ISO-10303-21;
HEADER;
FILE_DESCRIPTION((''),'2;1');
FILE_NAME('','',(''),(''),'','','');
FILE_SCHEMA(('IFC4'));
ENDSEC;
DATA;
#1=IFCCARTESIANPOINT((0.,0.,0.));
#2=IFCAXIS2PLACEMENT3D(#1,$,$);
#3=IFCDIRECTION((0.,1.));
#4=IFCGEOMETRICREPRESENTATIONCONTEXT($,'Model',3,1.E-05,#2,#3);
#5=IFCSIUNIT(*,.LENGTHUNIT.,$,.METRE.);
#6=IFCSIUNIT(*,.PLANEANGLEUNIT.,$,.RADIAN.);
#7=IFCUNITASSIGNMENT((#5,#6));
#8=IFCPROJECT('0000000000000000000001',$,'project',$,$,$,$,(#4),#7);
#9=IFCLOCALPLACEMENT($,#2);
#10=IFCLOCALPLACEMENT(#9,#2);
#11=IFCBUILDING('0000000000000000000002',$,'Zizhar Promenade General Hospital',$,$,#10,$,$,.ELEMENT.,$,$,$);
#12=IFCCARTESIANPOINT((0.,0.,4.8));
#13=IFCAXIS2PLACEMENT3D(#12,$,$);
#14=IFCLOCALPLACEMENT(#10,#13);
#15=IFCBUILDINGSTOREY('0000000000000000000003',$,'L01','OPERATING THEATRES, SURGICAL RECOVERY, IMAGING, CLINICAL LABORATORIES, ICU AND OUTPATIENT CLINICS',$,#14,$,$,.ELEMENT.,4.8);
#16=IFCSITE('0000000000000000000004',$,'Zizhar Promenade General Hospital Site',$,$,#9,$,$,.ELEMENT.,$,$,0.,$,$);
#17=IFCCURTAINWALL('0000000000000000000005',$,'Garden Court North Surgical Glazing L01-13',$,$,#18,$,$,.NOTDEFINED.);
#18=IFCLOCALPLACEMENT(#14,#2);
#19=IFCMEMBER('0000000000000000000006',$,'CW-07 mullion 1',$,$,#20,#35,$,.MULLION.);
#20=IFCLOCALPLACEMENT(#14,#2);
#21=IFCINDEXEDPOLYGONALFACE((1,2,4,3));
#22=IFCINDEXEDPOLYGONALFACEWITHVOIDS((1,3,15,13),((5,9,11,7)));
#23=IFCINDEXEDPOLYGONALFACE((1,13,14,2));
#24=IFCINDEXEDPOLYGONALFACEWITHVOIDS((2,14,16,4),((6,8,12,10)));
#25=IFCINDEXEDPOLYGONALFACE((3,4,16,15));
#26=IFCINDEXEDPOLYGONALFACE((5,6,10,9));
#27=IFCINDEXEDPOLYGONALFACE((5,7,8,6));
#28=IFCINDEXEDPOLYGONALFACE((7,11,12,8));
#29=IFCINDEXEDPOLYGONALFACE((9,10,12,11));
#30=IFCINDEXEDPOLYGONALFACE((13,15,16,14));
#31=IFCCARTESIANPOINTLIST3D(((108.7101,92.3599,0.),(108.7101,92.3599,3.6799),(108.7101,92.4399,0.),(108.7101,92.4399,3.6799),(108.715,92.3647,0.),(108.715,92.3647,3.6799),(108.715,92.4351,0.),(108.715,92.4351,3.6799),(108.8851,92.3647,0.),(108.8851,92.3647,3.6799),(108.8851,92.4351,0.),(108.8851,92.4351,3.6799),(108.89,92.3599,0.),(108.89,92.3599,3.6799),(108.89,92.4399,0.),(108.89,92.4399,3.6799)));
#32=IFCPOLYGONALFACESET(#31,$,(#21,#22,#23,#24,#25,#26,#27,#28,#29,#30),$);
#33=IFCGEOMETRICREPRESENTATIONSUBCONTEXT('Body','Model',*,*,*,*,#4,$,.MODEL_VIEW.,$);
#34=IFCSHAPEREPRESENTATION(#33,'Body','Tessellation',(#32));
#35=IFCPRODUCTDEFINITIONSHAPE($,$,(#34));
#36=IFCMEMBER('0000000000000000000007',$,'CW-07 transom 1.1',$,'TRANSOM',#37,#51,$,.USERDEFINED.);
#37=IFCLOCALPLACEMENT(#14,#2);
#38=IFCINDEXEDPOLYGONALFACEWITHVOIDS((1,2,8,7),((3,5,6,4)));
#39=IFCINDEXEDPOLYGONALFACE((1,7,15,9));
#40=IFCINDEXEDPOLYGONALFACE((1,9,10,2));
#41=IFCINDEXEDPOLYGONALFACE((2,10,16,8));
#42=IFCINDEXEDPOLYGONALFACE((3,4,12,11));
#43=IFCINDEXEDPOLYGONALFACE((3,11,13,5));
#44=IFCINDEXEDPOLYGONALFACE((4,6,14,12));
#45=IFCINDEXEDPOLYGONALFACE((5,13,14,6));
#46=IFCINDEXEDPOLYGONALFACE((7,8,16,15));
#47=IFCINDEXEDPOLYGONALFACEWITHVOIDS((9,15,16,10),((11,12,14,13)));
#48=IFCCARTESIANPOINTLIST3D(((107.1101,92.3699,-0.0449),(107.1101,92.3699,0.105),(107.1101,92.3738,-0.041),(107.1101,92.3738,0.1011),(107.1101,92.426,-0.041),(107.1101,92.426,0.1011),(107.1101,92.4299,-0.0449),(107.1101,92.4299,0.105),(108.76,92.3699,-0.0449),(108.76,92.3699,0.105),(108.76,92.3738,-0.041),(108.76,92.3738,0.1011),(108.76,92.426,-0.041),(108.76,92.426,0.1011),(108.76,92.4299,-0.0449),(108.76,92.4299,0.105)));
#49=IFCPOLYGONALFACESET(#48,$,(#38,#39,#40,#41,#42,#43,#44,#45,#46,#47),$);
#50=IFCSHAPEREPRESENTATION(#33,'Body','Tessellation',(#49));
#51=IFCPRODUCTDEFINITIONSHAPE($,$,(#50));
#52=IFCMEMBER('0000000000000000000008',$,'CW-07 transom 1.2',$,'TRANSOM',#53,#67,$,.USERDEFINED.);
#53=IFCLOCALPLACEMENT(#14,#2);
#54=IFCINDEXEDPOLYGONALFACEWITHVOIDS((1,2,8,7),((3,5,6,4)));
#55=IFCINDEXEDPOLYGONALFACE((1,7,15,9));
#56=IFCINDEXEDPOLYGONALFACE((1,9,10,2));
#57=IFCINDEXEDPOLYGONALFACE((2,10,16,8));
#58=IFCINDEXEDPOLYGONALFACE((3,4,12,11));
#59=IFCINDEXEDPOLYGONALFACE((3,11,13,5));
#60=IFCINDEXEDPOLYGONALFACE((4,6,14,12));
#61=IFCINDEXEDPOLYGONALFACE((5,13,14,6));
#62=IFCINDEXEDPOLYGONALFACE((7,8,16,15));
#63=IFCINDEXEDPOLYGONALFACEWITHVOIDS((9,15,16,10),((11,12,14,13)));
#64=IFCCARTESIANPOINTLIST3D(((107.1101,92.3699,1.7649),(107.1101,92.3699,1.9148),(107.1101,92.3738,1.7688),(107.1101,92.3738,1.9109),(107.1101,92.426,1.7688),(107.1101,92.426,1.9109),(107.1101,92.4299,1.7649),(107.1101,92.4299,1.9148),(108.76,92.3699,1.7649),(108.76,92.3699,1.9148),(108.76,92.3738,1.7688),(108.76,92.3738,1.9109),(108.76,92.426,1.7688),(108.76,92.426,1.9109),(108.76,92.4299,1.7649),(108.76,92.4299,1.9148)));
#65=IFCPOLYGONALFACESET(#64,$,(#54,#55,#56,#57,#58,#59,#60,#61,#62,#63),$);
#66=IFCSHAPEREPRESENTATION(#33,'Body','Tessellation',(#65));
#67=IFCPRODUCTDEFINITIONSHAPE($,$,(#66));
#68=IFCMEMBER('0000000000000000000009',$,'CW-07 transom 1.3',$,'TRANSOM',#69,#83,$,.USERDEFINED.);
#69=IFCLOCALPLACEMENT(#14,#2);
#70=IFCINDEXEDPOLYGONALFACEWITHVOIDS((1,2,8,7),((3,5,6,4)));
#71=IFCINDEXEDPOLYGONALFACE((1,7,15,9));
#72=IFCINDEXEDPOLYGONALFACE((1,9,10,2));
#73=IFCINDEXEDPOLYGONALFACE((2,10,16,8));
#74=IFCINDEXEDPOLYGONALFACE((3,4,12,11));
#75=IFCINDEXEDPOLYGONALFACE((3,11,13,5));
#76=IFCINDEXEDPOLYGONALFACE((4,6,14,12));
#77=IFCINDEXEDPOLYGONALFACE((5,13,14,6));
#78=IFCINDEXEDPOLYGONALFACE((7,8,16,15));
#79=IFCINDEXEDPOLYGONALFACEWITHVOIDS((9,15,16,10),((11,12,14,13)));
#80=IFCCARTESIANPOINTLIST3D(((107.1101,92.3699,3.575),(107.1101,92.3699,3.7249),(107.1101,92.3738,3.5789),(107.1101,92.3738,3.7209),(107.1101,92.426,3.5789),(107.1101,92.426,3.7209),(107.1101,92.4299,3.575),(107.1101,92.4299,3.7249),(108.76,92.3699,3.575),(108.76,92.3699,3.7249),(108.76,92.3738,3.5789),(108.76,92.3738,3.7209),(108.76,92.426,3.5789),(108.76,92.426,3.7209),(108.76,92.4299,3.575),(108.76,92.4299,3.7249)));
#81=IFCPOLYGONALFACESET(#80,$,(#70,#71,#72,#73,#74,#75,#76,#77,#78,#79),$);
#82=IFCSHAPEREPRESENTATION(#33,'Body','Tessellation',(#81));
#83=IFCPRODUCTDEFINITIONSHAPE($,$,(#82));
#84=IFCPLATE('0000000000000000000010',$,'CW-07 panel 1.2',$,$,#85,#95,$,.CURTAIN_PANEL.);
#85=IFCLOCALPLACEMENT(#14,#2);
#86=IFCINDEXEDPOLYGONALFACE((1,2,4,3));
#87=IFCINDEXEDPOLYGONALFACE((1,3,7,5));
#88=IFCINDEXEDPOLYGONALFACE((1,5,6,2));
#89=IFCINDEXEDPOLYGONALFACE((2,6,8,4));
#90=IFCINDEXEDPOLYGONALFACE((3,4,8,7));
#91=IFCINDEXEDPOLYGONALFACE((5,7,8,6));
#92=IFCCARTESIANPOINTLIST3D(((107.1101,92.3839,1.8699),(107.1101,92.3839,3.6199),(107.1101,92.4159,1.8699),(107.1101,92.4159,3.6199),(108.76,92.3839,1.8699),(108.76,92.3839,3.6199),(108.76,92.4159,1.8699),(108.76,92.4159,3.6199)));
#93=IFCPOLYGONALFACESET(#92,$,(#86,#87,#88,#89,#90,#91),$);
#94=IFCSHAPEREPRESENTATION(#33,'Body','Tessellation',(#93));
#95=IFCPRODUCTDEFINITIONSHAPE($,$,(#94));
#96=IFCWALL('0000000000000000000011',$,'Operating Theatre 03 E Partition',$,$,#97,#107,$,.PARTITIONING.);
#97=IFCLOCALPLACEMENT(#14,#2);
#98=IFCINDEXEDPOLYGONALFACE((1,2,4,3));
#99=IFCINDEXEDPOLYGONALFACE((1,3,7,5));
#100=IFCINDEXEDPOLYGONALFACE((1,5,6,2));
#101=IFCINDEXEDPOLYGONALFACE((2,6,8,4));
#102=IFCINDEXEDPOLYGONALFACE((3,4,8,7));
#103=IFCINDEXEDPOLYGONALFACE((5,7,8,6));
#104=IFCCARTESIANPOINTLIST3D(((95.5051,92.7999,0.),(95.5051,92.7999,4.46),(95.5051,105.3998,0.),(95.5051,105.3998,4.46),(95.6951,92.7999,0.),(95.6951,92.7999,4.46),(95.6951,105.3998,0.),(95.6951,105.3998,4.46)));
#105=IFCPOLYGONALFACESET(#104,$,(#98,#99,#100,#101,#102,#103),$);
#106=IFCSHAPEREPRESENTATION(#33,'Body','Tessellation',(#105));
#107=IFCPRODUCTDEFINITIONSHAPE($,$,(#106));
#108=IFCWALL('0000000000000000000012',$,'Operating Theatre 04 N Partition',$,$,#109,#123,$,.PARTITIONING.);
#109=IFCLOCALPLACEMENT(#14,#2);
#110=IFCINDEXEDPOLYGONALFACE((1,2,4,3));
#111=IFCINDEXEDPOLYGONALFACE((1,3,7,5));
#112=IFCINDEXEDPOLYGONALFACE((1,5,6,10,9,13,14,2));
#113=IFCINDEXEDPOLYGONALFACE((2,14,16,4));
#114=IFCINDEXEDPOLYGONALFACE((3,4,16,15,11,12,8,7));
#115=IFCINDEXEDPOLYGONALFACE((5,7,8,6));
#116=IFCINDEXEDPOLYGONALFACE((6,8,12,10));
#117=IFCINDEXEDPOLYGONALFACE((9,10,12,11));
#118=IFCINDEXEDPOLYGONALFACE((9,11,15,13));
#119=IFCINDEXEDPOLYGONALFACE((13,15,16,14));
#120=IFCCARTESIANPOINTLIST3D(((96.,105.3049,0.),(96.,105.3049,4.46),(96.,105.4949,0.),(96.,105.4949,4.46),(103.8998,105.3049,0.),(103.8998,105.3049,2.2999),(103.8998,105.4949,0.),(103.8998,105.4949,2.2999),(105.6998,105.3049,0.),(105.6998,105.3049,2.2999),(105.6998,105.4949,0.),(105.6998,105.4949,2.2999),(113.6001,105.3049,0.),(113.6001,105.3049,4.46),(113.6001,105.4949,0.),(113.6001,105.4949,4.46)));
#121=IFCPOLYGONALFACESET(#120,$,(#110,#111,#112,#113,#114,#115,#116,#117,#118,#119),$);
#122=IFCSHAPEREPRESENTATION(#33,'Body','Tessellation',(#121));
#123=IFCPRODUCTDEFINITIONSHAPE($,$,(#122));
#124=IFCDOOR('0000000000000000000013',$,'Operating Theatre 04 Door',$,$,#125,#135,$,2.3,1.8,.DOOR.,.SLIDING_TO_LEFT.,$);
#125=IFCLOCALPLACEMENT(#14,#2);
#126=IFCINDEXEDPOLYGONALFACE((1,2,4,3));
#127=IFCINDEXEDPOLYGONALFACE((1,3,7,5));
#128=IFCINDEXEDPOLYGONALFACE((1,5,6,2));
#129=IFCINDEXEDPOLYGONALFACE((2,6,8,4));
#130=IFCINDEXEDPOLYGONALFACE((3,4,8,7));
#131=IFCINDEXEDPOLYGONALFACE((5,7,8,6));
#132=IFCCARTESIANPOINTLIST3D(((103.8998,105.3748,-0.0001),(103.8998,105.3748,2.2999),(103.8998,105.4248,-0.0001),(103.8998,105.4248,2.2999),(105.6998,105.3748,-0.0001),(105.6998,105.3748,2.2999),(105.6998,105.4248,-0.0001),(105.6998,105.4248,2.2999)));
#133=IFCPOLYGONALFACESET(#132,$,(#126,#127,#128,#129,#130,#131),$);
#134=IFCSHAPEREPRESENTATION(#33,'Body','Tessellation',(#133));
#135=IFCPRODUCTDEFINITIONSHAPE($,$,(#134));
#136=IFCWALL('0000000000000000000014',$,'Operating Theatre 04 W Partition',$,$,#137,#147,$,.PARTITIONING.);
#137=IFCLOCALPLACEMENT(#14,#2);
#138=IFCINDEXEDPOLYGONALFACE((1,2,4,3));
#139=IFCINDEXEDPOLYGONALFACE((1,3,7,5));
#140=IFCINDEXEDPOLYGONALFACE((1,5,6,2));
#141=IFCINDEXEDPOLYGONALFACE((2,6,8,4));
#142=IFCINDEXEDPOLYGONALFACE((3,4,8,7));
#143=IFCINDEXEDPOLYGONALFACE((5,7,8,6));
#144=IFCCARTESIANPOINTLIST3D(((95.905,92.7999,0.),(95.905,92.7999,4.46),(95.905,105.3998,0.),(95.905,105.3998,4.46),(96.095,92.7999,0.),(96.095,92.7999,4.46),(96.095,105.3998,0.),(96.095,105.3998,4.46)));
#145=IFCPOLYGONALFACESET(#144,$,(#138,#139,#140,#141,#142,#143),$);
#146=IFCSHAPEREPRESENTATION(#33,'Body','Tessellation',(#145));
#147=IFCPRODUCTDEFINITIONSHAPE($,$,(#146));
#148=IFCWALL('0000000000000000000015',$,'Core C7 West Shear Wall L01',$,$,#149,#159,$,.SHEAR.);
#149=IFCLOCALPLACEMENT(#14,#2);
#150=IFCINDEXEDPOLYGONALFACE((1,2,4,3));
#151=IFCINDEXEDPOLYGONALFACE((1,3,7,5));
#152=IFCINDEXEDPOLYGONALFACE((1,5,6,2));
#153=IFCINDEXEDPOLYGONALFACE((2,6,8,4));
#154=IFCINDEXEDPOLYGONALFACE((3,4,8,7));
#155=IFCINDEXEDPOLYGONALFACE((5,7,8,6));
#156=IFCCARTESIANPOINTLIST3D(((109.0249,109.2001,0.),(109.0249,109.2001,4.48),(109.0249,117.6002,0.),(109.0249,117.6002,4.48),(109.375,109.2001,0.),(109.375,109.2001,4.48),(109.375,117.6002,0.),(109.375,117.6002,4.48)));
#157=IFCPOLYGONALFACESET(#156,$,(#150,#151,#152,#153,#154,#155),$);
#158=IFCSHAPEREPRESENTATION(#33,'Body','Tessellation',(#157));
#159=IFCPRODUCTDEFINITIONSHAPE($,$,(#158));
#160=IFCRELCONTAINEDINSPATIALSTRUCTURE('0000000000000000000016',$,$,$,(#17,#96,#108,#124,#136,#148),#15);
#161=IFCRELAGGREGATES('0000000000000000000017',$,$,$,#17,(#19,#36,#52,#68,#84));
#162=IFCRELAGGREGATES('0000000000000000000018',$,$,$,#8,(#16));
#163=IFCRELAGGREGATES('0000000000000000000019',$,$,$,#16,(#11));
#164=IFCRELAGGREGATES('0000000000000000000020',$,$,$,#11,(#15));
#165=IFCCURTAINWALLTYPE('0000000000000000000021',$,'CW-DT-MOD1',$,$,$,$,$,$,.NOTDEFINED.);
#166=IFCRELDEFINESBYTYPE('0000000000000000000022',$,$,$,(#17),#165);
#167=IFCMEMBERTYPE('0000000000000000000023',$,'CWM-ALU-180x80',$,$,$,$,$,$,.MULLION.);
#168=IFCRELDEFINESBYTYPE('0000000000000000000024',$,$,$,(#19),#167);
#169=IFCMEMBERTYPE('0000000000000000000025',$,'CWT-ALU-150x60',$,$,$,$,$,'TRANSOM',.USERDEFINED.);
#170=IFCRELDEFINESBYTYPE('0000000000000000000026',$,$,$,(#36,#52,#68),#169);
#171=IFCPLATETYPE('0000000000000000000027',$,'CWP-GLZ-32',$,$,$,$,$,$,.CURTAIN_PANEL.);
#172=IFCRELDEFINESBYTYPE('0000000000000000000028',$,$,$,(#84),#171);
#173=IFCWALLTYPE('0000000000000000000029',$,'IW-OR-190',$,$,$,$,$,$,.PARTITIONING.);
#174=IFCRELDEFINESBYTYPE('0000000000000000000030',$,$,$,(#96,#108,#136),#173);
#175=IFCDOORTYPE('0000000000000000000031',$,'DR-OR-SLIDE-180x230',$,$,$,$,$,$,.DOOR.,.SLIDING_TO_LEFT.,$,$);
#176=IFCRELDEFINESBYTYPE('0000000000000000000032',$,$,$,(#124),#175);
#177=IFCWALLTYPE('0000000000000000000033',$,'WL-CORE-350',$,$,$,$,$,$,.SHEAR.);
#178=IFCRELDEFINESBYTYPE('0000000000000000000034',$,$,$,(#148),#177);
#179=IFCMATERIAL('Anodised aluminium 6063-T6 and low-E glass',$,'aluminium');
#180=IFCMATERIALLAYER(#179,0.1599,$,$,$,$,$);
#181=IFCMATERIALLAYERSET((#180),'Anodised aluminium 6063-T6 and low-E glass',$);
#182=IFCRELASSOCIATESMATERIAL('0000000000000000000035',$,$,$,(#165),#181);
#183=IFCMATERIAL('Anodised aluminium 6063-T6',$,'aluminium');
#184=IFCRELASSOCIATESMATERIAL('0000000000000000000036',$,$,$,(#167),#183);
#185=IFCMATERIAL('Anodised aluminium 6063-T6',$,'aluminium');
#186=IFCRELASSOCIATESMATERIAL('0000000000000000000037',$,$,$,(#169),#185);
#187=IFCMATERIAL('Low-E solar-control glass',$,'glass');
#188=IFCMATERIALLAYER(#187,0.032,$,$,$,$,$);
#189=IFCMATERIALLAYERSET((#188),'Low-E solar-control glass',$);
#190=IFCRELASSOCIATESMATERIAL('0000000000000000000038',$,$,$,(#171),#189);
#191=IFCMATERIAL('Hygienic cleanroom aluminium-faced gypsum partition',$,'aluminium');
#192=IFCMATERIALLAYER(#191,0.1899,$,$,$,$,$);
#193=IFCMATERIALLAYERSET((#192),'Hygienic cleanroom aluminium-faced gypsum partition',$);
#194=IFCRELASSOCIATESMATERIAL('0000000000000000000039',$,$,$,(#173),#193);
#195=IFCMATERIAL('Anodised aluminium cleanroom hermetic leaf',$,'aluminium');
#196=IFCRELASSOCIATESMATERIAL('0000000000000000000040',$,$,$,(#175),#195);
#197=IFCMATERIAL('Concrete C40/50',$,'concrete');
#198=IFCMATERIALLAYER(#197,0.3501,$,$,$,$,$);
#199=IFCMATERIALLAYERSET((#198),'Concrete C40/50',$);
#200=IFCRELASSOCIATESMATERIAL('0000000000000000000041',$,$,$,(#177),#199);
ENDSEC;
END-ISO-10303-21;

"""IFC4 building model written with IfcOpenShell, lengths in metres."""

from ifc_helpers import new_model, si_unit, direction, frame, frame_2d, origin, origin_2d, place, context, subcontext, project, spatial, rectangle, hollow_rectangle, extrude, material, layer, layer_set, material_profile, profile_set, type_object, element, fill, aggregate, save


model = new_model("IFC4")

# Units and contexts
model_context = context("Model", 3, precision=1e-05, world=origin(), true_north=direction((0.0, 1.0)))
body_context = subcontext(model_context, "Body", "Model", "MODEL_VIEW")
ifc_project = project(units=[si_unit("LENGTHUNIT", "METRE"), si_unit("PLANEANGLEUNIT", "RADIAN")], contexts=[model_context])

# Site, building, storey
site_placement = place(None, origin())
site = spatial("IfcSite", under=ifc_project, at=site_placement, Name="Zizhar Promenade General Hospital Site", CompositionType="ELEMENT", RefElevation=0.0)
building_placement = place(site_placement, origin())
building = spatial("IfcBuilding", under=site, at=building_placement, Name="Zizhar Promenade General Hospital", CompositionType="ELEMENT")
storey_placement = place(building_placement, frame((0.0, 0.0, 4.8)))
storey = spatial("IfcBuildingStorey", under=building, at=storey_placement, Name="L01", Description="OPERATING THEATRES, SURGICAL RECOVERY, IMAGING, CLINICAL LABORATORIES, ICU AND OUTPATIENT CLINICS", CompositionType="ELEMENT", Elevation=4.8)

# Curtain wall, members, plate
ifc_material_1 = material(Name="Anodised aluminium 6063-T6 and low-E glass", Category="aluminium")
ifc_layer_1 = layer(ifc_material_1, 0.1599)
ifc_layer_set_1 = layer_set([ifc_layer_1], Name="Anodised aluminium 6063-T6 and low-E glass")
curtain_wall_type = type_object("IfcCurtainWallType", Name="CW-DT-MOD1", PredefinedType="NOTDEFINED", material=ifc_layer_set_1)
curtain_wall_placement = place(storey_placement, origin())
curtain_wall = element("IfcCurtainWall", 1, at=curtain_wall_placement, inside=storey, type_object=curtain_wall_type, Name="Garden Court North Surgical Glazing L01-13", PredefinedType="NOTDEFINED")
ifc_material_2 = material(Name="Anodised aluminium 6063-T6", Category="aluminium")
ifc_material_profile_1 = material_profile(ifc_material_2, hollow_rectangle(XDim=0.0801, YDim=0.1799, WallThickness=0.0049, at=origin_2d()))
ifc_profile_set_1 = profile_set([ifc_material_profile_1], Name="Anodised aluminium 6063-T6")
member_type_1 = type_object("IfcMemberType", Name="CWM-ALU-180x80", PredefinedType="MULLION", material=ifc_profile_set_1)
member_1_placement = place(storey_placement, frame((108.8, 92.3999, 0.0), z_axis=(0.0, 0.0, 1.0), x_axis=(0.0, -1.0, 0.0)))
member_1 = element("IfcMember", 2, at=member_1_placement, type_object=member_type_1, Name="CW-07 mullion 1", PredefinedType="MULLION", context=body_context, shape_type="SweptSolid", body=[
    extrude(hollow_rectangle(XDim=0.0801, YDim=0.1799, WallThickness=0.0049, at=origin_2d()), origin(), (0.0, 0.0, 1.0), 3.6799),
])
ifc_material_3 = material(Name="Anodised aluminium 6063-T6", Category="aluminium")
ifc_material_profile_2 = material_profile(ifc_material_3, hollow_rectangle(XDim=0.0601, YDim=0.1499, WallThickness=0.0039, at=origin_2d()))
ifc_profile_set_2 = profile_set([ifc_material_profile_2], Name="Anodised aluminium 6063-T6")
member_type_2 = type_object("IfcMemberType", Name="CWT-ALU-150x60", ElementType="TRANSOM", PredefinedType="USERDEFINED", material=ifc_profile_set_2)
member_2_placement = place(storey_placement, frame((108.76, 92.3999, 0.03), z_axis=(-1.0, 0.0, 0.0), x_axis=(0.0, -1.0, 0.0)))
member_2 = element("IfcMember", 3, at=member_2_placement, type_object=member_type_2, Name="CW-07 transom 1.1", ObjectType="TRANSOM", PredefinedType="USERDEFINED", context=body_context, shape_type="SweptSolid", body=[
    extrude(hollow_rectangle(XDim=0.0601, YDim=0.1499, WallThickness=0.0039, at=origin_2d()), origin(), (0.0, 0.0, 1.0), 1.6499),
])
member_3_placement = place(storey_placement, frame((108.76, 92.3999, 1.8398), z_axis=(-1.0, 0.0, 0.0), x_axis=(0.0, -1.0, 0.0)))
member_3 = element("IfcMember", 4, at=member_3_placement, type_object=member_type_2, Name="CW-07 transom 1.2", ObjectType="TRANSOM", PredefinedType="USERDEFINED", context=body_context, shape_type="SweptSolid", body=[
    extrude(hollow_rectangle(XDim=0.0601, YDim=0.1499, WallThickness=0.0039, at=origin_2d()), origin(), (0.0, 0.0, 1.0), 1.6499),
])
member_4_placement = place(storey_placement, frame((108.76, 92.3999, 3.6499), z_axis=(-1.0, 0.0, 0.0), x_axis=(0.0, -1.0, 0.0)))
member_4 = element("IfcMember", 5, at=member_4_placement, type_object=member_type_2, Name="CW-07 transom 1.3", ObjectType="TRANSOM", PredefinedType="USERDEFINED", context=body_context, shape_type="SweptSolid", body=[
    extrude(hollow_rectangle(XDim=0.0601, YDim=0.1499, WallThickness=0.0039, at=origin_2d()), origin(), (0.0, 0.0, 1.0), 1.6499),
])
ifc_material_4 = material(Name="Low-E solar-control glass", Category="glass")
ifc_layer_2 = layer(ifc_material_4, 0.032)
ifc_layer_set_2 = layer_set([ifc_layer_2], Name="Low-E solar-control glass")
plate_type = type_object("IfcPlateType", Name="CWP-GLZ-32", PredefinedType="CURTAIN_PANEL", material=ifc_layer_set_2)
plate_placement = place(storey_placement, frame((107.9351, 92.3999, 1.8699), z_axis=(0.0, 0.0, 1.0), x_axis=(-1.0, 0.0, 0.0)))
plate = element("IfcPlate", 6, at=plate_placement, type_object=plate_type, Name="CW-07 panel 1.2", PredefinedType="CURTAIN_PANEL", context=body_context, shape_type="SweptSolid", body=[
    extrude(rectangle(XDim=1.6499, YDim=0.032, at=origin_2d()), origin(), (0.0, 0.0, 1.0), 1.75),
])
aggregate(curtain_wall, [member_1, member_2, member_3, member_4, plate])

# Wall
ifc_material_5 = material(Name="Hygienic cleanroom aluminium-faced gypsum partition", Category="aluminium")
ifc_layer_3 = layer(ifc_material_5, 0.1899)
ifc_layer_set_3 = layer_set([ifc_layer_3], Name="Hygienic cleanroom aluminium-faced gypsum partition")
wall_type_1 = type_object("IfcWallType", Name="IW-OR-190", PredefinedType="PARTITIONING", material=ifc_layer_set_3)
wall_1_placement = place(storey_placement, frame((95.6001, 92.8, 0.0), z_axis=(0.0, 0.0, 1.0), x_axis=(0.0, 1.0, 0.0)))
element("IfcWall", 7, at=wall_1_placement, inside=storey, type_object=wall_type_1, Name="Operating Theatre 03 E Partition", PredefinedType="PARTITIONING", context=body_context, shape_type="SweptSolid", body=[
    extrude(rectangle(XDim=12.5999, YDim=0.1899, at=frame_2d((6.2998, 0.0))), origin(), (0.0, 0.0, 1.0), 4.46),
])

# Wall, opening, door
wall_2_placement = place(storey_placement, frame((96.0, 105.3999, 0.0), z_axis=(0.0, 0.0, 1.0), x_axis=(1.0, 0.0, 0.0)))
wall_2 = element("IfcWall", 8, at=wall_2_placement, inside=storey, type_object=wall_type_1, Name="Operating Theatre 04 N Partition", PredefinedType="PARTITIONING", context=body_context, shape_type="SweptSolid", body=[
    extrude(rectangle(XDim=17.6001, YDim=0.1899, at=frame_2d((8.8, 0.0))), origin(), (0.0, 0.0, 1.0), 4.46),
])
opening_1_placement = place(wall_2_placement, frame((7.8999, 0.0, 0.0)))
opening_1 = element("IfcOpeningElement", 9, at=opening_1_placement, cuts=wall_2, PredefinedType="OPENING", context=body_context, shape_type="SweptSolid", body=[
    extrude(rectangle(XDim=1.8, YDim=2.3, at=frame_2d((0.8999, 1.1499))), frame((0.0, 0.105, 0.0), z_axis=(0.0, -1.0, 0.0), x_axis=(1.0, 0.0, 0.0)), (0.0, 0.0, 1.0), 0.21),
])
ifc_material_6 = material(Name="Anodised aluminium cleanroom hermetic leaf", Category="aluminium")
door_type_1 = type_object("IfcDoorType", Name="DR-OR-SLIDE-180x230", OperationType="SLIDING_TO_LEFT", PredefinedType="DOOR", material=ifc_material_6)
door_1_placement = place(opening_1_placement, origin())
door_1 = element("IfcDoor", 10, at=door_1_placement, inside=storey, type_object=door_type_1, Name="Operating Theatre 04 Door", OperationType="SLIDING_TO_LEFT", OverallHeight=2.3, OverallWidth=1.8, PredefinedType="DOOR", context=body_context, shape_type="SweptSolid", body=[
    extrude(rectangle(XDim=1.8, YDim=2.3, at=frame_2d((0.8999, 1.1499))), frame((0.0, 0.0249, 0.0), z_axis=(0.0, -1.0, 0.0), x_axis=(1.0, 0.0, 0.0)), (0.0, 0.0, 1.0), 0.05),
])
fill(opening_1, door_1)

# Wall
wall_3_placement = place(storey_placement, frame((96.0, 92.8, 0.0), z_axis=(0.0, 0.0, 1.0), x_axis=(0.0, 1.0, 0.0)))
element("IfcWall", 11, at=wall_3_placement, inside=storey, type_object=wall_type_1, Name="Operating Theatre 04 W Partition", PredefinedType="PARTITIONING", context=body_context, shape_type="SweptSolid", body=[
    extrude(rectangle(XDim=12.5999, YDim=0.1899, at=frame_2d((6.2998, 0.0))), origin(), (0.0, 0.0, 1.0), 4.46),
])

# Wall
ifc_material_7 = material(Name="Concrete C40/50", Category="concrete")
ifc_layer_4 = layer(ifc_material_7, 0.3501)
ifc_layer_set_4 = layer_set([ifc_layer_4], Name="Concrete C40/50")
wall_type_2 = type_object("IfcWallType", Name="WL-CORE-350", PredefinedType="SHEAR", material=ifc_layer_set_4)
wall_4_placement = place(storey_placement, frame((109.2, 109.2, 0.0), z_axis=(0.0, 0.0, 1.0), x_axis=(0.0, 1.0, 0.0)))
element("IfcWall", 12, at=wall_4_placement, inside=storey, type_object=wall_type_2, Name="Core C7 West Shear Wall L01", PredefinedType="SHEAR", context=body_context, shape_type="SweptSolid", body=[
    extrude(rectangle(XDim=8.4001, YDim=0.3501, at=frame_2d((4.2002, 0.0))), origin(), (0.0, 0.0, 1.0), 4.48),
])

save(model, "model.ifc")
